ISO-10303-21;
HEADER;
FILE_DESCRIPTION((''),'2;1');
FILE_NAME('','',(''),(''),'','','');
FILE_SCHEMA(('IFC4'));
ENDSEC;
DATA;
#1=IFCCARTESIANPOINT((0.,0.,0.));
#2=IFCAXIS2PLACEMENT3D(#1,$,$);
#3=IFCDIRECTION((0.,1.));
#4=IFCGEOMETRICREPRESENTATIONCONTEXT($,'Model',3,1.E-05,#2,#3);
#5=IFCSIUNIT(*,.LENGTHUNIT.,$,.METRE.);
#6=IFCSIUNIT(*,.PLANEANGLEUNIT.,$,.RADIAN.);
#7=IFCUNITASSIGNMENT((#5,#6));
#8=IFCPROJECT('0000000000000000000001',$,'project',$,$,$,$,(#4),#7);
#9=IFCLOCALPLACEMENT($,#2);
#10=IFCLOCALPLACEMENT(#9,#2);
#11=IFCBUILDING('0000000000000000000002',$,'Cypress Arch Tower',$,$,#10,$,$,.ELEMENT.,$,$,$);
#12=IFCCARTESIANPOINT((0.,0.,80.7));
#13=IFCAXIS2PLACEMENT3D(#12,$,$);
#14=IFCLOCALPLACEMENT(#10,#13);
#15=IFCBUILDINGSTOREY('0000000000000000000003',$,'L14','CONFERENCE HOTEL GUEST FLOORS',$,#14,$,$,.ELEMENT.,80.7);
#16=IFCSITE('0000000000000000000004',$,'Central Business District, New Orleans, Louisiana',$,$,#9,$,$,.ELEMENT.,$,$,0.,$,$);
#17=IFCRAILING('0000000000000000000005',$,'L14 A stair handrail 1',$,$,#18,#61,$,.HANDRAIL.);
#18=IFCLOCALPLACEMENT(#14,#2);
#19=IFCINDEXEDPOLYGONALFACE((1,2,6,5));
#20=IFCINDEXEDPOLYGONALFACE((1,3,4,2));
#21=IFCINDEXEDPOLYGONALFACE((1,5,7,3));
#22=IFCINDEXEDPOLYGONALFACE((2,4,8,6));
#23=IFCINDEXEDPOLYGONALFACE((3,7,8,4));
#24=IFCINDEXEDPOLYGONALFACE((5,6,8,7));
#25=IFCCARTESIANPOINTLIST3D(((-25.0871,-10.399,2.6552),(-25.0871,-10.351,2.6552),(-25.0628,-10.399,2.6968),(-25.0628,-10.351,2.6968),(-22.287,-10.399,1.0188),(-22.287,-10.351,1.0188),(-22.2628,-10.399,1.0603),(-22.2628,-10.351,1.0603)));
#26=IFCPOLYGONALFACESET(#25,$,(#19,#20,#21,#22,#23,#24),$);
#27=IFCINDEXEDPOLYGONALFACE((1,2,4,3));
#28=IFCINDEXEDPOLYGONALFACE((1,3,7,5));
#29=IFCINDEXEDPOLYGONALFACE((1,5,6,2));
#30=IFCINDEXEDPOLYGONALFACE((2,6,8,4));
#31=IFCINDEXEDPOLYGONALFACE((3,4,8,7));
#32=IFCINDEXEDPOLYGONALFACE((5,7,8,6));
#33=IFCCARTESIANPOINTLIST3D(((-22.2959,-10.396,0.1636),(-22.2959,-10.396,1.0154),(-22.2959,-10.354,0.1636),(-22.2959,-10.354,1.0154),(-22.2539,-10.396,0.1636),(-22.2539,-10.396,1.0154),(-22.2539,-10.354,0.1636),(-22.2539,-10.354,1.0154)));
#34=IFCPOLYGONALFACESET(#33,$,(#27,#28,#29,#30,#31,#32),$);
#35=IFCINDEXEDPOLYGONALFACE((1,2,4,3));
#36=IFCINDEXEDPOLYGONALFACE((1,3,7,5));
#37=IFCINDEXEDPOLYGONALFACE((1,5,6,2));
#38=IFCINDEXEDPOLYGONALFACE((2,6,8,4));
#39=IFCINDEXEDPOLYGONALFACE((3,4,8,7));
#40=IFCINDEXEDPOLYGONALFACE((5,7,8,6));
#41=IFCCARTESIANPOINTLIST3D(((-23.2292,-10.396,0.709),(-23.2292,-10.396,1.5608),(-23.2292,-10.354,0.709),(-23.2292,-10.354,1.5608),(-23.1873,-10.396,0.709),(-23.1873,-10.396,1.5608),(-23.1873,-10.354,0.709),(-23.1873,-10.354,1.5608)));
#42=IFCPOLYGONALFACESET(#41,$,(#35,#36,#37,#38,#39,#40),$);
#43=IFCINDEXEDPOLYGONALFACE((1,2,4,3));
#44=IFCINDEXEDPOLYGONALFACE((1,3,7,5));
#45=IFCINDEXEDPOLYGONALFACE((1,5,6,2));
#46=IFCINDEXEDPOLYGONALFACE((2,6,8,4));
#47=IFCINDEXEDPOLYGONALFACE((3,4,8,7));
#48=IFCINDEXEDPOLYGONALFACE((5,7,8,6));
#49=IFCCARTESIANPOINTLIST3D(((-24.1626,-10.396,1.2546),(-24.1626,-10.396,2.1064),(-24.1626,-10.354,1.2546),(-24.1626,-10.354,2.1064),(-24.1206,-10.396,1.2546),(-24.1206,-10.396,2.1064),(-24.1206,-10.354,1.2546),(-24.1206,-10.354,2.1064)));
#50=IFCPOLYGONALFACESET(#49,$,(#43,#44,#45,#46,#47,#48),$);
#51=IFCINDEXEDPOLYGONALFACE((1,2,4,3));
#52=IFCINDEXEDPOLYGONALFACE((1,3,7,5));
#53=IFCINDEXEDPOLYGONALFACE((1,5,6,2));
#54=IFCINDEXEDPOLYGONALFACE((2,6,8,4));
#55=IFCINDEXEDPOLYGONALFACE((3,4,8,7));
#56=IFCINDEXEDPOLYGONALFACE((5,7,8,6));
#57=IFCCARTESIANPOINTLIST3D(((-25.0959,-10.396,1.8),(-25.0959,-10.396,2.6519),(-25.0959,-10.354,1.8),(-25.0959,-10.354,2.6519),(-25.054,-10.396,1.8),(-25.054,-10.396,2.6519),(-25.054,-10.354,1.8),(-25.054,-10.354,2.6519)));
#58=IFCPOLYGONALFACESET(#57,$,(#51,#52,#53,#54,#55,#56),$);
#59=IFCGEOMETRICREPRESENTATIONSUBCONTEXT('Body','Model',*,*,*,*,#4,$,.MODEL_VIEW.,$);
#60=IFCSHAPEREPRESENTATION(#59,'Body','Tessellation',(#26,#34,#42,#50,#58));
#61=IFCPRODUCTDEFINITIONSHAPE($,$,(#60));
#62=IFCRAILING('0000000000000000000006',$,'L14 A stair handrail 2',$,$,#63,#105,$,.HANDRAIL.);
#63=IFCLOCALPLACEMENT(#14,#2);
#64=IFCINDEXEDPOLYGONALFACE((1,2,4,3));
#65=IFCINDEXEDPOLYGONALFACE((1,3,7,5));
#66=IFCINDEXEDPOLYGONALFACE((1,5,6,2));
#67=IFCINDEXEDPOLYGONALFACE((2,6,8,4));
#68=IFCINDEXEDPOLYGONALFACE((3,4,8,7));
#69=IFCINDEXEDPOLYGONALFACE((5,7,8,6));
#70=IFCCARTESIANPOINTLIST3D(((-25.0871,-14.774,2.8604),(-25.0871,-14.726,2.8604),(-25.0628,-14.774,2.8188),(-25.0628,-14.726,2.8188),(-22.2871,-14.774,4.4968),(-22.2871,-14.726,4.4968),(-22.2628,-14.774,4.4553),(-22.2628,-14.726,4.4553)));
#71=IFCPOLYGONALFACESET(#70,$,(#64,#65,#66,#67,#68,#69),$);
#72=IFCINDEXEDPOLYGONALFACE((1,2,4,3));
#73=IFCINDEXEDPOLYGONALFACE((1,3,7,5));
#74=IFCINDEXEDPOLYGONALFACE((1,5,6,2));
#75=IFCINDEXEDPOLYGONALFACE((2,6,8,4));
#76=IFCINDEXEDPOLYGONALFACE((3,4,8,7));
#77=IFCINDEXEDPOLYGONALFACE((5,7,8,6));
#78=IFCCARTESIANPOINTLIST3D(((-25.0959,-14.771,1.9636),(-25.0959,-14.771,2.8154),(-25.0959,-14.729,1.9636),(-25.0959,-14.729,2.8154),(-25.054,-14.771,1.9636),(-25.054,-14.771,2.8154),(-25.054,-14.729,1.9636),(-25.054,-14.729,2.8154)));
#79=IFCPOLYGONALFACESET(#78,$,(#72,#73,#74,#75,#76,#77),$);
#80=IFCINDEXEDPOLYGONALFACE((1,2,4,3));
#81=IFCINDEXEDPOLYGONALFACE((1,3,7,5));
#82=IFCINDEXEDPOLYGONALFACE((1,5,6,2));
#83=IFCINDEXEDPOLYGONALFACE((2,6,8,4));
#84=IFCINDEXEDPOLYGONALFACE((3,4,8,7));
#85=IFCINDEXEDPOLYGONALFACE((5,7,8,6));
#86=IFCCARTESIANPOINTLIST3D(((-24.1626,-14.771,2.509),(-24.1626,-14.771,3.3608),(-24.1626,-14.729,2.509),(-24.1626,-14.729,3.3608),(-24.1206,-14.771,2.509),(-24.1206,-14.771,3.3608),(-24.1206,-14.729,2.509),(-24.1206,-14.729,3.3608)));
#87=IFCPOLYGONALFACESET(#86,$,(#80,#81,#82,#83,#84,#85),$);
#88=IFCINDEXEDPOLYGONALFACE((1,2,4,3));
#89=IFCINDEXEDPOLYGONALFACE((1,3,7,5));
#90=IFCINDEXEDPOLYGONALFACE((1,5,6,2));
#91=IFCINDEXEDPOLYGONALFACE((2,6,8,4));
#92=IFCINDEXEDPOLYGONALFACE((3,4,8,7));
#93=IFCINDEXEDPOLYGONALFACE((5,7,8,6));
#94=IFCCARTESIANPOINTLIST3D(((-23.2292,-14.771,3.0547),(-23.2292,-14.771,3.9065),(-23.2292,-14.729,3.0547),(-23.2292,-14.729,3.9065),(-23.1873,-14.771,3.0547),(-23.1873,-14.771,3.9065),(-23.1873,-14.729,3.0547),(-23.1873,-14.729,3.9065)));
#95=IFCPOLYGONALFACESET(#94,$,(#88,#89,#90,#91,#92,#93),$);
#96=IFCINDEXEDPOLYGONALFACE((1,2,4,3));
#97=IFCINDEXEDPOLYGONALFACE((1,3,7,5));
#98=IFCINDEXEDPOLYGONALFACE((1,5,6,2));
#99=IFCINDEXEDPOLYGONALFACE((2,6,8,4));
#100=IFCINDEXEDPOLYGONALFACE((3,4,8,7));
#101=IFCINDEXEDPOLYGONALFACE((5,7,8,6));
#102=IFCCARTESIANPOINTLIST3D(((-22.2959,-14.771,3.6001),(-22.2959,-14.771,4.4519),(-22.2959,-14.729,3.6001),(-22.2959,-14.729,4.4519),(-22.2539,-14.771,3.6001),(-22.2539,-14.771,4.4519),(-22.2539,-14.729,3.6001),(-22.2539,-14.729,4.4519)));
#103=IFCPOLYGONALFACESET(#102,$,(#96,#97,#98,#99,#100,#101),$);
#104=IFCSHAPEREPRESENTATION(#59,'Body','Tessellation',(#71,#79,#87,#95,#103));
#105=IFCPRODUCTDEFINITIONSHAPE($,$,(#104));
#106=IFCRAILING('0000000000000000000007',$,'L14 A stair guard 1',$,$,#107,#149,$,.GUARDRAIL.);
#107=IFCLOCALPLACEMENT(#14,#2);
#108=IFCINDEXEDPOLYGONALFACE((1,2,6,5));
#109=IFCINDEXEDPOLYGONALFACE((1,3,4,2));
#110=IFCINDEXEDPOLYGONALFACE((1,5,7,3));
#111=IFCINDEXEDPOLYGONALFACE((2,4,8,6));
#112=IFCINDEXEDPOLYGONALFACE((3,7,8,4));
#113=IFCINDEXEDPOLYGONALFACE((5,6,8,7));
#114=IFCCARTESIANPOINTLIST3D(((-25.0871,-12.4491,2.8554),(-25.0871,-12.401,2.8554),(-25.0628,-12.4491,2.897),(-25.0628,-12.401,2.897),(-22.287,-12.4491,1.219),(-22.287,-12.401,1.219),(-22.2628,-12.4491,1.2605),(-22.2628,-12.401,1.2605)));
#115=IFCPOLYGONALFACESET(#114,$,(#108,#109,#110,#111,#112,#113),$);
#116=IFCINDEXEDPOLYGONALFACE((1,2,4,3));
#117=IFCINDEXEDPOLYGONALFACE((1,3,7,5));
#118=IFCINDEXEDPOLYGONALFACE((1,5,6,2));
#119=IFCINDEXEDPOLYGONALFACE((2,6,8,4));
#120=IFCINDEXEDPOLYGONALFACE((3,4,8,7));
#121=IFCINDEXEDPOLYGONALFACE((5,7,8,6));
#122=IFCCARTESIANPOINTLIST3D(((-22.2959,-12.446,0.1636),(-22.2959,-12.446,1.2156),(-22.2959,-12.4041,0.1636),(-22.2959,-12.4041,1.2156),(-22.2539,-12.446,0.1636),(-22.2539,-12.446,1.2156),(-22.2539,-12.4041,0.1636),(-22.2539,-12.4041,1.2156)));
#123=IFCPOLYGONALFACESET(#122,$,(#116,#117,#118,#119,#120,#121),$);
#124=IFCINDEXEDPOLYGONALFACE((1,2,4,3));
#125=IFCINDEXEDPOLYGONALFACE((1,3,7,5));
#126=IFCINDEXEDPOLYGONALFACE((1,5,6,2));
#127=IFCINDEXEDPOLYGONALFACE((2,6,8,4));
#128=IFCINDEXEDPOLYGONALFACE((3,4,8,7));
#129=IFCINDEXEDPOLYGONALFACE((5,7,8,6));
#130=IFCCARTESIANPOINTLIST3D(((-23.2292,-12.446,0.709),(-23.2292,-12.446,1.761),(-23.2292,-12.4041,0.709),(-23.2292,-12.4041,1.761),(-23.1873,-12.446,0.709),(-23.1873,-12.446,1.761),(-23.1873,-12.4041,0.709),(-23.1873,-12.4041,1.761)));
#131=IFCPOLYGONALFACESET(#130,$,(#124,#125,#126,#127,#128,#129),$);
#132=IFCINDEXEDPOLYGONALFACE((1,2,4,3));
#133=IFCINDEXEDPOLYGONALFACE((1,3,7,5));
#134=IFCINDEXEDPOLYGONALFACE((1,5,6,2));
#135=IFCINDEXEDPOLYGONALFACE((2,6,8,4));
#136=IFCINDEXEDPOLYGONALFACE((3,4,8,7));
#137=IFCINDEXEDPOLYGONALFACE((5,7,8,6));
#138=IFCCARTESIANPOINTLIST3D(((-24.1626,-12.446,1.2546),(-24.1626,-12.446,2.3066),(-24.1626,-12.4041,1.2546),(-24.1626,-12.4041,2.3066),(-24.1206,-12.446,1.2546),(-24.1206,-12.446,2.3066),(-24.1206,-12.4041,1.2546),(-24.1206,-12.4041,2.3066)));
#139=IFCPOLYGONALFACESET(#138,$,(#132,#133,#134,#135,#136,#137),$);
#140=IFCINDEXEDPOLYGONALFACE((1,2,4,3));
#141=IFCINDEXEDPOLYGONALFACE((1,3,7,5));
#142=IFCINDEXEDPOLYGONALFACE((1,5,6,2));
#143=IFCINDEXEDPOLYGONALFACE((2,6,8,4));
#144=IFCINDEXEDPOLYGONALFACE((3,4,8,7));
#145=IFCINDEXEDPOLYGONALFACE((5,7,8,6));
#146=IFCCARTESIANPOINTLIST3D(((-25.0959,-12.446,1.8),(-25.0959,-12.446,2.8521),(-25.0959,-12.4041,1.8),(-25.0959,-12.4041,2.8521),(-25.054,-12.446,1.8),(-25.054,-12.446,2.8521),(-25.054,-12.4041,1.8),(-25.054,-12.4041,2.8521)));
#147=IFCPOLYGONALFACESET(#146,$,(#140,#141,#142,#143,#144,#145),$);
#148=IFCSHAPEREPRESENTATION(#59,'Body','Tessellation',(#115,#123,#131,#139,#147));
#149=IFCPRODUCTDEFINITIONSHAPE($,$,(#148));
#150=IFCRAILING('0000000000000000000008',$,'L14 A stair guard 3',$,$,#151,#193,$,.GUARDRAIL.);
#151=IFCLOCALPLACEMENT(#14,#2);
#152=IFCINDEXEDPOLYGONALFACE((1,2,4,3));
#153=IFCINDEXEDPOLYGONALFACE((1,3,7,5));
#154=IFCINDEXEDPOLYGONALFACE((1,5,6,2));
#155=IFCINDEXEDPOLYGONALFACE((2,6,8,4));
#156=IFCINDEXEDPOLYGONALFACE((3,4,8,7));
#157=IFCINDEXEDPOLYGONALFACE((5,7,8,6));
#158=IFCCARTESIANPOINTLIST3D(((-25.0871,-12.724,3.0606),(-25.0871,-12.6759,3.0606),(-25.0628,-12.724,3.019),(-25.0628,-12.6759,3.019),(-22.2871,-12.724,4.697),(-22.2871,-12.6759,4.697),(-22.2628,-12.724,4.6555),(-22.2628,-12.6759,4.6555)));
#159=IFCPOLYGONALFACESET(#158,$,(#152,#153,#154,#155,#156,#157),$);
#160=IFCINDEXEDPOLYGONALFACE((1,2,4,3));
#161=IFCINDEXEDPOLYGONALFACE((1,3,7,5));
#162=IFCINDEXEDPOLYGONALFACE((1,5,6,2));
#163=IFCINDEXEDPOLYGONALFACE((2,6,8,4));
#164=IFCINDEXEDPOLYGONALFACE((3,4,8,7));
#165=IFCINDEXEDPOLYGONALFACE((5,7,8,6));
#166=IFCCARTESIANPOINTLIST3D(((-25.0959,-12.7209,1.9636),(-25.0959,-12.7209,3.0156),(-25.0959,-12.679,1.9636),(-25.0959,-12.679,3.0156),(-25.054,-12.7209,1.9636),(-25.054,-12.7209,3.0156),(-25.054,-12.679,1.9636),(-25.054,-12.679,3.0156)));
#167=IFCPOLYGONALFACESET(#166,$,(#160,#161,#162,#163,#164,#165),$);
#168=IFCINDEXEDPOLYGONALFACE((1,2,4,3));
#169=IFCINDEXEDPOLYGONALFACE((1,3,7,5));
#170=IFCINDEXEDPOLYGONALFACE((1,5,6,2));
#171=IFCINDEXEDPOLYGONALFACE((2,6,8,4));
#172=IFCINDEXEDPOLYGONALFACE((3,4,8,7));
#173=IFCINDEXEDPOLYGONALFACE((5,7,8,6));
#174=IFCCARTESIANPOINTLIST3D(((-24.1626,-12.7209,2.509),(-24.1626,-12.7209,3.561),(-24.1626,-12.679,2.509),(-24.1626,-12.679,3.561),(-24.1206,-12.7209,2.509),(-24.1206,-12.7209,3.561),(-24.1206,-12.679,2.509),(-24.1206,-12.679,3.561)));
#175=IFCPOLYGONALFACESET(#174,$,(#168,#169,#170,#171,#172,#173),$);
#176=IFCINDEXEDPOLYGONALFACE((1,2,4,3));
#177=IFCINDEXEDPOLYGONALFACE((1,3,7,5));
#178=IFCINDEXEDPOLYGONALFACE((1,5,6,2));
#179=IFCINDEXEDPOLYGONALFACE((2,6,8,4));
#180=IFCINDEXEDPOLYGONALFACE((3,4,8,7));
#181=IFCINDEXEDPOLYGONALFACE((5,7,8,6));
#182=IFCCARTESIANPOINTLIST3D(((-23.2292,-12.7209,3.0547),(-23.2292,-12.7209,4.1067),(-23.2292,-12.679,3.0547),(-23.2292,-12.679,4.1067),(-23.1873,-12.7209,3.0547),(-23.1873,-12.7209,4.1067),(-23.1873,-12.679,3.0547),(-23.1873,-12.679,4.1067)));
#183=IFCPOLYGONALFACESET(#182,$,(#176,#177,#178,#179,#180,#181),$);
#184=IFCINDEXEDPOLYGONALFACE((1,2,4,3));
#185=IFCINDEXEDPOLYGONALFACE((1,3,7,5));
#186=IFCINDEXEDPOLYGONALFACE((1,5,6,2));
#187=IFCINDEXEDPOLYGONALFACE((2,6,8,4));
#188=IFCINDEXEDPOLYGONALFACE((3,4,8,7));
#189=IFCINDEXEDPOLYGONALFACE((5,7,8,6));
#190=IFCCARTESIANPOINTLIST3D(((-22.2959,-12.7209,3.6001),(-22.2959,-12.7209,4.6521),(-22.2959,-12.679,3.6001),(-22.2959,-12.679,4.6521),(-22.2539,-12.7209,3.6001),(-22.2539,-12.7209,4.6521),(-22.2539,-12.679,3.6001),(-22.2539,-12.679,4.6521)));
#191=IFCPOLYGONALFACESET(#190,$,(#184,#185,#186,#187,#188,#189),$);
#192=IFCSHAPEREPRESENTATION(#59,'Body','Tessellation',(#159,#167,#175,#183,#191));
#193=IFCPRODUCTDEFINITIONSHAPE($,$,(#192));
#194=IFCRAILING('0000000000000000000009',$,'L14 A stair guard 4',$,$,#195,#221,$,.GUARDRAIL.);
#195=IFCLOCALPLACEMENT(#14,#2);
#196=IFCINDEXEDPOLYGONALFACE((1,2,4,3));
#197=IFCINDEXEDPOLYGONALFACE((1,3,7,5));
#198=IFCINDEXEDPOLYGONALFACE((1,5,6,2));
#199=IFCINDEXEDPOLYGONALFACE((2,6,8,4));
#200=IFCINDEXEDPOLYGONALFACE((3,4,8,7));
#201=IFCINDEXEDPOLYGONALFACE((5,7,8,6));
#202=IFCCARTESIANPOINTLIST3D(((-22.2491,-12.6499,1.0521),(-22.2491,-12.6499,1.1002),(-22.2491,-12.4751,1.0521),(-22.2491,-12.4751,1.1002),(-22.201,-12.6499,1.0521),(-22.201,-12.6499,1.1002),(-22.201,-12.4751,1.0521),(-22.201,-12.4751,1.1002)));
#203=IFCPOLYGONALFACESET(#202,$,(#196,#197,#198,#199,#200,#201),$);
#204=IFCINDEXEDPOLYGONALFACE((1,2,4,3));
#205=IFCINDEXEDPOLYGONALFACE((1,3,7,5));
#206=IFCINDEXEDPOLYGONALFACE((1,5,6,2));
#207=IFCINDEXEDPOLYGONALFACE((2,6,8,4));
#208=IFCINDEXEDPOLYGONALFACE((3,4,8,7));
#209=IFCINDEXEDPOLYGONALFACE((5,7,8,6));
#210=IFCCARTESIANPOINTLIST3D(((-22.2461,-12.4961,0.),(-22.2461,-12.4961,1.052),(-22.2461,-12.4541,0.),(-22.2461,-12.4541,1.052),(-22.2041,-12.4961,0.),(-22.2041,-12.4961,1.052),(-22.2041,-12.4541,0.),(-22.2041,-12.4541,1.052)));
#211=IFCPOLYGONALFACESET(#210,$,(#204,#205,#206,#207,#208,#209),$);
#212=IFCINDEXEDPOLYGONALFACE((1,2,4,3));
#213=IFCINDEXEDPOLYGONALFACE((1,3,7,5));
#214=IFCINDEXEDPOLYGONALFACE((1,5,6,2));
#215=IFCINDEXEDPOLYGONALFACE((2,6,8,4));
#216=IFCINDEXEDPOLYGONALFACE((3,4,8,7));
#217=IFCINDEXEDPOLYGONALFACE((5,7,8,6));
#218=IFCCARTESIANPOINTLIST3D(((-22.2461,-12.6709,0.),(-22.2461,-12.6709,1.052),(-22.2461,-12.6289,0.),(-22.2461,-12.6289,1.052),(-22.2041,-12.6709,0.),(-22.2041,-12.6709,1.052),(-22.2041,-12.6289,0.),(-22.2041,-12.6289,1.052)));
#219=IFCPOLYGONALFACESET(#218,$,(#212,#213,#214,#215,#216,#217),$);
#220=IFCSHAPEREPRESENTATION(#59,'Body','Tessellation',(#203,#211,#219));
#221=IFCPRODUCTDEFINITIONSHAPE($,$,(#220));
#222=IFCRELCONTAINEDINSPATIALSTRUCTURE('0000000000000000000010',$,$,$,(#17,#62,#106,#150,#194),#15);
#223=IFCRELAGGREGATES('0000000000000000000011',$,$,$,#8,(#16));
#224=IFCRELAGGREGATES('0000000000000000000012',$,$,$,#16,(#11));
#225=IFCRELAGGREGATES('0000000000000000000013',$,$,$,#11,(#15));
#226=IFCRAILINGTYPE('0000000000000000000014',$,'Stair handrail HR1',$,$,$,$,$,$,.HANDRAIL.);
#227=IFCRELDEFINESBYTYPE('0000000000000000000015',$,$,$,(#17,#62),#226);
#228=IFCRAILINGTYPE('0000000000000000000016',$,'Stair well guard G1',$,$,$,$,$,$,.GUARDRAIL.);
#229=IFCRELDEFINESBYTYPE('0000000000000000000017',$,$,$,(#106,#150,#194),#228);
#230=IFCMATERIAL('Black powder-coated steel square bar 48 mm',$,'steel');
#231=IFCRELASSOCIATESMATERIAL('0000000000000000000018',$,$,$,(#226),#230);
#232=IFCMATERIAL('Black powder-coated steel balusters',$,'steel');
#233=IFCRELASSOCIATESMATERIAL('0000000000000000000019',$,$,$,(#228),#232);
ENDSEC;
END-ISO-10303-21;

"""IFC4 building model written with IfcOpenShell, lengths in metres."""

from ifc_helpers import new_model, si_unit, direction, frame, origin, origin_2d, place, context, subcontext, project, spatial, rectangle, extrude, material, type_object, element, save


model = new_model("IFC4")

# Units and contexts
model_context = context("Model", 3, precision=1e-05, world=origin(), true_north=direction((0.0, 1.0)))
body_context = subcontext(model_context, "Body", "Model", "MODEL_VIEW")
ifc_project = project(units=[si_unit("LENGTHUNIT", "METRE"), si_unit("PLANEANGLEUNIT", "RADIAN")], contexts=[model_context])

# Site, building, storey
site_placement = place(None, origin())
site = spatial("IfcSite", under=ifc_project, at=site_placement, Name="Central Business District, New Orleans, Louisiana", CompositionType="ELEMENT", RefElevation=0.0)
building_placement = place(site_placement, origin())
building = spatial("IfcBuilding", under=site, at=building_placement, Name="Cypress Arch Tower", CompositionType="ELEMENT")
storey_placement = place(building_placement, frame((0.0, 0.0, 80.7)))
storey = spatial("IfcBuildingStorey", under=building, at=storey_placement, Name="L14", Description="CONFERENCE HOTEL GUEST FLOORS", CompositionType="ELEMENT", Elevation=80.7)

# Railings
ifc_material_1 = material(Name="Black powder-coated steel square bar 48 mm", Category="steel")
railing_type_1 = type_object("IfcRailingType", Name="Stair handrail HR1", PredefinedType="HANDRAIL", material=ifc_material_1)
railing_1_placement = place(storey_placement, frame((-22.2749, -10.375, 0.1636)))
element("IfcRailing", 1, at=railing_1_placement, inside=storey, type_object=railing_type_1, Name="L14 A stair handrail 1", PredefinedType="HANDRAIL", context=body_context, shape_type="SweptSolid", body=[
    extrude(rectangle(XDim=0.0481, YDim=0.0481, at=origin_2d()), frame((0.0, 0.0, 0.876), z_axis=(-0.863361, 0.0, 0.504587), x_axis=(0.0, -1.0, 0.0)), (0.0, 0.0, 1.0), 3.2432),
    extrude(rectangle(XDim=0.042, YDim=0.042, at=origin_2d()), origin(), (0.0, 0.0, 1.0), 0.8518),
    extrude(rectangle(XDim=0.042, YDim=0.042, at=origin_2d()), frame((-0.9333, 0.0, 0.5454)), (0.0, 0.0, 1.0), 0.8518),
    extrude(rectangle(XDim=0.042, YDim=0.042, at=origin_2d()), frame((-1.8667, 0.0, 1.0911)), (0.0, 0.0, 1.0), 0.8518),
    extrude(rectangle(XDim=0.042, YDim=0.042, at=origin_2d()), frame((-2.8, 0.0, 1.6365)), (0.0, 0.0, 1.0), 0.8518),
])
railing_2_placement = place(storey_placement, frame((-25.075, -14.75, 1.9636)))
element("IfcRailing", 2, at=railing_2_placement, inside=storey, type_object=railing_type_1, Name="L14 A stair handrail 2", PredefinedType="HANDRAIL", context=body_context, shape_type="SweptSolid", body=[
    extrude(rectangle(XDim=0.0481, YDim=0.0481, at=origin_2d()), frame((0.0, 0.0, 0.876), z_axis=(0.863361, 0.0, 0.504587), x_axis=(0.0, 1.0, 0.0)), (0.0, 0.0, 1.0), 3.2432),
    extrude(rectangle(XDim=0.042, YDim=0.042, at=origin_2d()), origin(), (0.0, 0.0, 1.0), 0.8518),
    extrude(rectangle(XDim=0.042, YDim=0.042, at=origin_2d()), frame((0.9333, 0.0, 0.5454)), (0.0, 0.0, 1.0), 0.8518),
    extrude(rectangle(XDim=0.042, YDim=0.042, at=origin_2d()), frame((1.8667, 0.0, 1.0911)), (0.0, 0.0, 1.0), 0.8518),
    extrude(rectangle(XDim=0.042, YDim=0.042, at=origin_2d()), frame((2.8, 0.0, 1.6365)), (0.0, 0.0, 1.0), 0.8518),
])
ifc_material_2 = material(Name="Black powder-coated steel balusters", Category="steel")
railing_type_2 = type_object("IfcRailingType", Name="Stair well guard G1", PredefinedType="GUARDRAIL", material=ifc_material_2)
railing_3_placement = place(storey_placement, frame((-22.2749, -12.425, 0.1636)))
element("IfcRailing", 3, at=railing_3_placement, inside=storey, type_object=railing_type_2, Name="L14 A stair guard 1", PredefinedType="GUARDRAIL", context=body_context, shape_type="SweptSolid", body=[
    extrude(rectangle(XDim=0.0481, YDim=0.0481, at=origin_2d()), frame((0.0, 0.0, 1.0762), z_axis=(-0.863361, 0.0, 0.504587), x_axis=(0.0, -1.0, 0.0)), (0.0, 0.0, 1.0), 3.2432),
    extrude(rectangle(XDim=0.042, YDim=0.042, at=origin_2d()), origin(), (0.0, 0.0, 1.0), 1.052),
    extrude(rectangle(XDim=0.042, YDim=0.042, at=origin_2d()), frame((-0.9333, 0.0, 0.5454)), (0.0, 0.0, 1.0), 1.052),
    extrude(rectangle(XDim=0.042, YDim=0.042, at=origin_2d()), frame((-1.8667, 0.0, 1.0911)), (0.0, 0.0, 1.0), 1.052),
    extrude(rectangle(XDim=0.042, YDim=0.042, at=origin_2d()), frame((-2.8, 0.0, 1.6365)), (0.0, 0.0, 1.0), 1.052),
])
railing_4_placement = place(storey_placement, frame((-25.075, -12.7, 1.9636)))
element("IfcRailing", 4, at=railing_4_placement, inside=storey, type_object=railing_type_2, Name="L14 A stair guard 3", PredefinedType="GUARDRAIL", context=body_context, shape_type="SweptSolid", body=[
    extrude(rectangle(XDim=0.0481, YDim=0.0481, at=origin_2d()), frame((0.0, 0.0, 1.0762), z_axis=(0.863361, 0.0, 0.504587), x_axis=(0.0, 1.0, 0.0)), (0.0, 0.0, 1.0), 3.2432),
    extrude(rectangle(XDim=0.042, YDim=0.042, at=origin_2d()), origin(), (0.0, 0.0, 1.0), 1.052),
    extrude(rectangle(XDim=0.042, YDim=0.042, at=origin_2d()), frame((0.9333, 0.0, 0.5454)), (0.0, 0.0, 1.0), 1.052),
    extrude(rectangle(XDim=0.042, YDim=0.042, at=origin_2d()), frame((1.8667, 0.0, 1.0911)), (0.0, 0.0, 1.0), 1.052),
    extrude(rectangle(XDim=0.042, YDim=0.042, at=origin_2d()), frame((2.8, 0.0, 1.6365)), (0.0, 0.0, 1.0), 1.052),
])
railing_5_placement = place(storey_placement, frame((-22.2251, -12.4751, 0.0)))
element("IfcRailing", 5, at=railing_5_placement, inside=storey, type_object=railing_type_2, Name="L14 A stair guard 4", PredefinedType="GUARDRAIL", context=body_context, shape_type="SweptSolid", body=[
    extrude(rectangle(XDim=0.0481, YDim=0.0481, at=origin_2d()), frame((0.0, 0.0, 1.0762), z_axis=(0.0, -1.0, 0.0), x_axis=(1.0, 0.0, 0.0)), (0.0, 0.0, 1.0), 0.1748),
    extrude(rectangle(XDim=0.042, YDim=0.042, at=origin_2d()), origin(), (0.0, 0.0, 1.0), 1.052),
    extrude(rectangle(XDim=0.042, YDim=0.042, at=origin_2d()), frame((0.0, -0.1748, 0.0)), (0.0, 0.0, 1.0), 1.052),
])

save(model, "model.ifc")
